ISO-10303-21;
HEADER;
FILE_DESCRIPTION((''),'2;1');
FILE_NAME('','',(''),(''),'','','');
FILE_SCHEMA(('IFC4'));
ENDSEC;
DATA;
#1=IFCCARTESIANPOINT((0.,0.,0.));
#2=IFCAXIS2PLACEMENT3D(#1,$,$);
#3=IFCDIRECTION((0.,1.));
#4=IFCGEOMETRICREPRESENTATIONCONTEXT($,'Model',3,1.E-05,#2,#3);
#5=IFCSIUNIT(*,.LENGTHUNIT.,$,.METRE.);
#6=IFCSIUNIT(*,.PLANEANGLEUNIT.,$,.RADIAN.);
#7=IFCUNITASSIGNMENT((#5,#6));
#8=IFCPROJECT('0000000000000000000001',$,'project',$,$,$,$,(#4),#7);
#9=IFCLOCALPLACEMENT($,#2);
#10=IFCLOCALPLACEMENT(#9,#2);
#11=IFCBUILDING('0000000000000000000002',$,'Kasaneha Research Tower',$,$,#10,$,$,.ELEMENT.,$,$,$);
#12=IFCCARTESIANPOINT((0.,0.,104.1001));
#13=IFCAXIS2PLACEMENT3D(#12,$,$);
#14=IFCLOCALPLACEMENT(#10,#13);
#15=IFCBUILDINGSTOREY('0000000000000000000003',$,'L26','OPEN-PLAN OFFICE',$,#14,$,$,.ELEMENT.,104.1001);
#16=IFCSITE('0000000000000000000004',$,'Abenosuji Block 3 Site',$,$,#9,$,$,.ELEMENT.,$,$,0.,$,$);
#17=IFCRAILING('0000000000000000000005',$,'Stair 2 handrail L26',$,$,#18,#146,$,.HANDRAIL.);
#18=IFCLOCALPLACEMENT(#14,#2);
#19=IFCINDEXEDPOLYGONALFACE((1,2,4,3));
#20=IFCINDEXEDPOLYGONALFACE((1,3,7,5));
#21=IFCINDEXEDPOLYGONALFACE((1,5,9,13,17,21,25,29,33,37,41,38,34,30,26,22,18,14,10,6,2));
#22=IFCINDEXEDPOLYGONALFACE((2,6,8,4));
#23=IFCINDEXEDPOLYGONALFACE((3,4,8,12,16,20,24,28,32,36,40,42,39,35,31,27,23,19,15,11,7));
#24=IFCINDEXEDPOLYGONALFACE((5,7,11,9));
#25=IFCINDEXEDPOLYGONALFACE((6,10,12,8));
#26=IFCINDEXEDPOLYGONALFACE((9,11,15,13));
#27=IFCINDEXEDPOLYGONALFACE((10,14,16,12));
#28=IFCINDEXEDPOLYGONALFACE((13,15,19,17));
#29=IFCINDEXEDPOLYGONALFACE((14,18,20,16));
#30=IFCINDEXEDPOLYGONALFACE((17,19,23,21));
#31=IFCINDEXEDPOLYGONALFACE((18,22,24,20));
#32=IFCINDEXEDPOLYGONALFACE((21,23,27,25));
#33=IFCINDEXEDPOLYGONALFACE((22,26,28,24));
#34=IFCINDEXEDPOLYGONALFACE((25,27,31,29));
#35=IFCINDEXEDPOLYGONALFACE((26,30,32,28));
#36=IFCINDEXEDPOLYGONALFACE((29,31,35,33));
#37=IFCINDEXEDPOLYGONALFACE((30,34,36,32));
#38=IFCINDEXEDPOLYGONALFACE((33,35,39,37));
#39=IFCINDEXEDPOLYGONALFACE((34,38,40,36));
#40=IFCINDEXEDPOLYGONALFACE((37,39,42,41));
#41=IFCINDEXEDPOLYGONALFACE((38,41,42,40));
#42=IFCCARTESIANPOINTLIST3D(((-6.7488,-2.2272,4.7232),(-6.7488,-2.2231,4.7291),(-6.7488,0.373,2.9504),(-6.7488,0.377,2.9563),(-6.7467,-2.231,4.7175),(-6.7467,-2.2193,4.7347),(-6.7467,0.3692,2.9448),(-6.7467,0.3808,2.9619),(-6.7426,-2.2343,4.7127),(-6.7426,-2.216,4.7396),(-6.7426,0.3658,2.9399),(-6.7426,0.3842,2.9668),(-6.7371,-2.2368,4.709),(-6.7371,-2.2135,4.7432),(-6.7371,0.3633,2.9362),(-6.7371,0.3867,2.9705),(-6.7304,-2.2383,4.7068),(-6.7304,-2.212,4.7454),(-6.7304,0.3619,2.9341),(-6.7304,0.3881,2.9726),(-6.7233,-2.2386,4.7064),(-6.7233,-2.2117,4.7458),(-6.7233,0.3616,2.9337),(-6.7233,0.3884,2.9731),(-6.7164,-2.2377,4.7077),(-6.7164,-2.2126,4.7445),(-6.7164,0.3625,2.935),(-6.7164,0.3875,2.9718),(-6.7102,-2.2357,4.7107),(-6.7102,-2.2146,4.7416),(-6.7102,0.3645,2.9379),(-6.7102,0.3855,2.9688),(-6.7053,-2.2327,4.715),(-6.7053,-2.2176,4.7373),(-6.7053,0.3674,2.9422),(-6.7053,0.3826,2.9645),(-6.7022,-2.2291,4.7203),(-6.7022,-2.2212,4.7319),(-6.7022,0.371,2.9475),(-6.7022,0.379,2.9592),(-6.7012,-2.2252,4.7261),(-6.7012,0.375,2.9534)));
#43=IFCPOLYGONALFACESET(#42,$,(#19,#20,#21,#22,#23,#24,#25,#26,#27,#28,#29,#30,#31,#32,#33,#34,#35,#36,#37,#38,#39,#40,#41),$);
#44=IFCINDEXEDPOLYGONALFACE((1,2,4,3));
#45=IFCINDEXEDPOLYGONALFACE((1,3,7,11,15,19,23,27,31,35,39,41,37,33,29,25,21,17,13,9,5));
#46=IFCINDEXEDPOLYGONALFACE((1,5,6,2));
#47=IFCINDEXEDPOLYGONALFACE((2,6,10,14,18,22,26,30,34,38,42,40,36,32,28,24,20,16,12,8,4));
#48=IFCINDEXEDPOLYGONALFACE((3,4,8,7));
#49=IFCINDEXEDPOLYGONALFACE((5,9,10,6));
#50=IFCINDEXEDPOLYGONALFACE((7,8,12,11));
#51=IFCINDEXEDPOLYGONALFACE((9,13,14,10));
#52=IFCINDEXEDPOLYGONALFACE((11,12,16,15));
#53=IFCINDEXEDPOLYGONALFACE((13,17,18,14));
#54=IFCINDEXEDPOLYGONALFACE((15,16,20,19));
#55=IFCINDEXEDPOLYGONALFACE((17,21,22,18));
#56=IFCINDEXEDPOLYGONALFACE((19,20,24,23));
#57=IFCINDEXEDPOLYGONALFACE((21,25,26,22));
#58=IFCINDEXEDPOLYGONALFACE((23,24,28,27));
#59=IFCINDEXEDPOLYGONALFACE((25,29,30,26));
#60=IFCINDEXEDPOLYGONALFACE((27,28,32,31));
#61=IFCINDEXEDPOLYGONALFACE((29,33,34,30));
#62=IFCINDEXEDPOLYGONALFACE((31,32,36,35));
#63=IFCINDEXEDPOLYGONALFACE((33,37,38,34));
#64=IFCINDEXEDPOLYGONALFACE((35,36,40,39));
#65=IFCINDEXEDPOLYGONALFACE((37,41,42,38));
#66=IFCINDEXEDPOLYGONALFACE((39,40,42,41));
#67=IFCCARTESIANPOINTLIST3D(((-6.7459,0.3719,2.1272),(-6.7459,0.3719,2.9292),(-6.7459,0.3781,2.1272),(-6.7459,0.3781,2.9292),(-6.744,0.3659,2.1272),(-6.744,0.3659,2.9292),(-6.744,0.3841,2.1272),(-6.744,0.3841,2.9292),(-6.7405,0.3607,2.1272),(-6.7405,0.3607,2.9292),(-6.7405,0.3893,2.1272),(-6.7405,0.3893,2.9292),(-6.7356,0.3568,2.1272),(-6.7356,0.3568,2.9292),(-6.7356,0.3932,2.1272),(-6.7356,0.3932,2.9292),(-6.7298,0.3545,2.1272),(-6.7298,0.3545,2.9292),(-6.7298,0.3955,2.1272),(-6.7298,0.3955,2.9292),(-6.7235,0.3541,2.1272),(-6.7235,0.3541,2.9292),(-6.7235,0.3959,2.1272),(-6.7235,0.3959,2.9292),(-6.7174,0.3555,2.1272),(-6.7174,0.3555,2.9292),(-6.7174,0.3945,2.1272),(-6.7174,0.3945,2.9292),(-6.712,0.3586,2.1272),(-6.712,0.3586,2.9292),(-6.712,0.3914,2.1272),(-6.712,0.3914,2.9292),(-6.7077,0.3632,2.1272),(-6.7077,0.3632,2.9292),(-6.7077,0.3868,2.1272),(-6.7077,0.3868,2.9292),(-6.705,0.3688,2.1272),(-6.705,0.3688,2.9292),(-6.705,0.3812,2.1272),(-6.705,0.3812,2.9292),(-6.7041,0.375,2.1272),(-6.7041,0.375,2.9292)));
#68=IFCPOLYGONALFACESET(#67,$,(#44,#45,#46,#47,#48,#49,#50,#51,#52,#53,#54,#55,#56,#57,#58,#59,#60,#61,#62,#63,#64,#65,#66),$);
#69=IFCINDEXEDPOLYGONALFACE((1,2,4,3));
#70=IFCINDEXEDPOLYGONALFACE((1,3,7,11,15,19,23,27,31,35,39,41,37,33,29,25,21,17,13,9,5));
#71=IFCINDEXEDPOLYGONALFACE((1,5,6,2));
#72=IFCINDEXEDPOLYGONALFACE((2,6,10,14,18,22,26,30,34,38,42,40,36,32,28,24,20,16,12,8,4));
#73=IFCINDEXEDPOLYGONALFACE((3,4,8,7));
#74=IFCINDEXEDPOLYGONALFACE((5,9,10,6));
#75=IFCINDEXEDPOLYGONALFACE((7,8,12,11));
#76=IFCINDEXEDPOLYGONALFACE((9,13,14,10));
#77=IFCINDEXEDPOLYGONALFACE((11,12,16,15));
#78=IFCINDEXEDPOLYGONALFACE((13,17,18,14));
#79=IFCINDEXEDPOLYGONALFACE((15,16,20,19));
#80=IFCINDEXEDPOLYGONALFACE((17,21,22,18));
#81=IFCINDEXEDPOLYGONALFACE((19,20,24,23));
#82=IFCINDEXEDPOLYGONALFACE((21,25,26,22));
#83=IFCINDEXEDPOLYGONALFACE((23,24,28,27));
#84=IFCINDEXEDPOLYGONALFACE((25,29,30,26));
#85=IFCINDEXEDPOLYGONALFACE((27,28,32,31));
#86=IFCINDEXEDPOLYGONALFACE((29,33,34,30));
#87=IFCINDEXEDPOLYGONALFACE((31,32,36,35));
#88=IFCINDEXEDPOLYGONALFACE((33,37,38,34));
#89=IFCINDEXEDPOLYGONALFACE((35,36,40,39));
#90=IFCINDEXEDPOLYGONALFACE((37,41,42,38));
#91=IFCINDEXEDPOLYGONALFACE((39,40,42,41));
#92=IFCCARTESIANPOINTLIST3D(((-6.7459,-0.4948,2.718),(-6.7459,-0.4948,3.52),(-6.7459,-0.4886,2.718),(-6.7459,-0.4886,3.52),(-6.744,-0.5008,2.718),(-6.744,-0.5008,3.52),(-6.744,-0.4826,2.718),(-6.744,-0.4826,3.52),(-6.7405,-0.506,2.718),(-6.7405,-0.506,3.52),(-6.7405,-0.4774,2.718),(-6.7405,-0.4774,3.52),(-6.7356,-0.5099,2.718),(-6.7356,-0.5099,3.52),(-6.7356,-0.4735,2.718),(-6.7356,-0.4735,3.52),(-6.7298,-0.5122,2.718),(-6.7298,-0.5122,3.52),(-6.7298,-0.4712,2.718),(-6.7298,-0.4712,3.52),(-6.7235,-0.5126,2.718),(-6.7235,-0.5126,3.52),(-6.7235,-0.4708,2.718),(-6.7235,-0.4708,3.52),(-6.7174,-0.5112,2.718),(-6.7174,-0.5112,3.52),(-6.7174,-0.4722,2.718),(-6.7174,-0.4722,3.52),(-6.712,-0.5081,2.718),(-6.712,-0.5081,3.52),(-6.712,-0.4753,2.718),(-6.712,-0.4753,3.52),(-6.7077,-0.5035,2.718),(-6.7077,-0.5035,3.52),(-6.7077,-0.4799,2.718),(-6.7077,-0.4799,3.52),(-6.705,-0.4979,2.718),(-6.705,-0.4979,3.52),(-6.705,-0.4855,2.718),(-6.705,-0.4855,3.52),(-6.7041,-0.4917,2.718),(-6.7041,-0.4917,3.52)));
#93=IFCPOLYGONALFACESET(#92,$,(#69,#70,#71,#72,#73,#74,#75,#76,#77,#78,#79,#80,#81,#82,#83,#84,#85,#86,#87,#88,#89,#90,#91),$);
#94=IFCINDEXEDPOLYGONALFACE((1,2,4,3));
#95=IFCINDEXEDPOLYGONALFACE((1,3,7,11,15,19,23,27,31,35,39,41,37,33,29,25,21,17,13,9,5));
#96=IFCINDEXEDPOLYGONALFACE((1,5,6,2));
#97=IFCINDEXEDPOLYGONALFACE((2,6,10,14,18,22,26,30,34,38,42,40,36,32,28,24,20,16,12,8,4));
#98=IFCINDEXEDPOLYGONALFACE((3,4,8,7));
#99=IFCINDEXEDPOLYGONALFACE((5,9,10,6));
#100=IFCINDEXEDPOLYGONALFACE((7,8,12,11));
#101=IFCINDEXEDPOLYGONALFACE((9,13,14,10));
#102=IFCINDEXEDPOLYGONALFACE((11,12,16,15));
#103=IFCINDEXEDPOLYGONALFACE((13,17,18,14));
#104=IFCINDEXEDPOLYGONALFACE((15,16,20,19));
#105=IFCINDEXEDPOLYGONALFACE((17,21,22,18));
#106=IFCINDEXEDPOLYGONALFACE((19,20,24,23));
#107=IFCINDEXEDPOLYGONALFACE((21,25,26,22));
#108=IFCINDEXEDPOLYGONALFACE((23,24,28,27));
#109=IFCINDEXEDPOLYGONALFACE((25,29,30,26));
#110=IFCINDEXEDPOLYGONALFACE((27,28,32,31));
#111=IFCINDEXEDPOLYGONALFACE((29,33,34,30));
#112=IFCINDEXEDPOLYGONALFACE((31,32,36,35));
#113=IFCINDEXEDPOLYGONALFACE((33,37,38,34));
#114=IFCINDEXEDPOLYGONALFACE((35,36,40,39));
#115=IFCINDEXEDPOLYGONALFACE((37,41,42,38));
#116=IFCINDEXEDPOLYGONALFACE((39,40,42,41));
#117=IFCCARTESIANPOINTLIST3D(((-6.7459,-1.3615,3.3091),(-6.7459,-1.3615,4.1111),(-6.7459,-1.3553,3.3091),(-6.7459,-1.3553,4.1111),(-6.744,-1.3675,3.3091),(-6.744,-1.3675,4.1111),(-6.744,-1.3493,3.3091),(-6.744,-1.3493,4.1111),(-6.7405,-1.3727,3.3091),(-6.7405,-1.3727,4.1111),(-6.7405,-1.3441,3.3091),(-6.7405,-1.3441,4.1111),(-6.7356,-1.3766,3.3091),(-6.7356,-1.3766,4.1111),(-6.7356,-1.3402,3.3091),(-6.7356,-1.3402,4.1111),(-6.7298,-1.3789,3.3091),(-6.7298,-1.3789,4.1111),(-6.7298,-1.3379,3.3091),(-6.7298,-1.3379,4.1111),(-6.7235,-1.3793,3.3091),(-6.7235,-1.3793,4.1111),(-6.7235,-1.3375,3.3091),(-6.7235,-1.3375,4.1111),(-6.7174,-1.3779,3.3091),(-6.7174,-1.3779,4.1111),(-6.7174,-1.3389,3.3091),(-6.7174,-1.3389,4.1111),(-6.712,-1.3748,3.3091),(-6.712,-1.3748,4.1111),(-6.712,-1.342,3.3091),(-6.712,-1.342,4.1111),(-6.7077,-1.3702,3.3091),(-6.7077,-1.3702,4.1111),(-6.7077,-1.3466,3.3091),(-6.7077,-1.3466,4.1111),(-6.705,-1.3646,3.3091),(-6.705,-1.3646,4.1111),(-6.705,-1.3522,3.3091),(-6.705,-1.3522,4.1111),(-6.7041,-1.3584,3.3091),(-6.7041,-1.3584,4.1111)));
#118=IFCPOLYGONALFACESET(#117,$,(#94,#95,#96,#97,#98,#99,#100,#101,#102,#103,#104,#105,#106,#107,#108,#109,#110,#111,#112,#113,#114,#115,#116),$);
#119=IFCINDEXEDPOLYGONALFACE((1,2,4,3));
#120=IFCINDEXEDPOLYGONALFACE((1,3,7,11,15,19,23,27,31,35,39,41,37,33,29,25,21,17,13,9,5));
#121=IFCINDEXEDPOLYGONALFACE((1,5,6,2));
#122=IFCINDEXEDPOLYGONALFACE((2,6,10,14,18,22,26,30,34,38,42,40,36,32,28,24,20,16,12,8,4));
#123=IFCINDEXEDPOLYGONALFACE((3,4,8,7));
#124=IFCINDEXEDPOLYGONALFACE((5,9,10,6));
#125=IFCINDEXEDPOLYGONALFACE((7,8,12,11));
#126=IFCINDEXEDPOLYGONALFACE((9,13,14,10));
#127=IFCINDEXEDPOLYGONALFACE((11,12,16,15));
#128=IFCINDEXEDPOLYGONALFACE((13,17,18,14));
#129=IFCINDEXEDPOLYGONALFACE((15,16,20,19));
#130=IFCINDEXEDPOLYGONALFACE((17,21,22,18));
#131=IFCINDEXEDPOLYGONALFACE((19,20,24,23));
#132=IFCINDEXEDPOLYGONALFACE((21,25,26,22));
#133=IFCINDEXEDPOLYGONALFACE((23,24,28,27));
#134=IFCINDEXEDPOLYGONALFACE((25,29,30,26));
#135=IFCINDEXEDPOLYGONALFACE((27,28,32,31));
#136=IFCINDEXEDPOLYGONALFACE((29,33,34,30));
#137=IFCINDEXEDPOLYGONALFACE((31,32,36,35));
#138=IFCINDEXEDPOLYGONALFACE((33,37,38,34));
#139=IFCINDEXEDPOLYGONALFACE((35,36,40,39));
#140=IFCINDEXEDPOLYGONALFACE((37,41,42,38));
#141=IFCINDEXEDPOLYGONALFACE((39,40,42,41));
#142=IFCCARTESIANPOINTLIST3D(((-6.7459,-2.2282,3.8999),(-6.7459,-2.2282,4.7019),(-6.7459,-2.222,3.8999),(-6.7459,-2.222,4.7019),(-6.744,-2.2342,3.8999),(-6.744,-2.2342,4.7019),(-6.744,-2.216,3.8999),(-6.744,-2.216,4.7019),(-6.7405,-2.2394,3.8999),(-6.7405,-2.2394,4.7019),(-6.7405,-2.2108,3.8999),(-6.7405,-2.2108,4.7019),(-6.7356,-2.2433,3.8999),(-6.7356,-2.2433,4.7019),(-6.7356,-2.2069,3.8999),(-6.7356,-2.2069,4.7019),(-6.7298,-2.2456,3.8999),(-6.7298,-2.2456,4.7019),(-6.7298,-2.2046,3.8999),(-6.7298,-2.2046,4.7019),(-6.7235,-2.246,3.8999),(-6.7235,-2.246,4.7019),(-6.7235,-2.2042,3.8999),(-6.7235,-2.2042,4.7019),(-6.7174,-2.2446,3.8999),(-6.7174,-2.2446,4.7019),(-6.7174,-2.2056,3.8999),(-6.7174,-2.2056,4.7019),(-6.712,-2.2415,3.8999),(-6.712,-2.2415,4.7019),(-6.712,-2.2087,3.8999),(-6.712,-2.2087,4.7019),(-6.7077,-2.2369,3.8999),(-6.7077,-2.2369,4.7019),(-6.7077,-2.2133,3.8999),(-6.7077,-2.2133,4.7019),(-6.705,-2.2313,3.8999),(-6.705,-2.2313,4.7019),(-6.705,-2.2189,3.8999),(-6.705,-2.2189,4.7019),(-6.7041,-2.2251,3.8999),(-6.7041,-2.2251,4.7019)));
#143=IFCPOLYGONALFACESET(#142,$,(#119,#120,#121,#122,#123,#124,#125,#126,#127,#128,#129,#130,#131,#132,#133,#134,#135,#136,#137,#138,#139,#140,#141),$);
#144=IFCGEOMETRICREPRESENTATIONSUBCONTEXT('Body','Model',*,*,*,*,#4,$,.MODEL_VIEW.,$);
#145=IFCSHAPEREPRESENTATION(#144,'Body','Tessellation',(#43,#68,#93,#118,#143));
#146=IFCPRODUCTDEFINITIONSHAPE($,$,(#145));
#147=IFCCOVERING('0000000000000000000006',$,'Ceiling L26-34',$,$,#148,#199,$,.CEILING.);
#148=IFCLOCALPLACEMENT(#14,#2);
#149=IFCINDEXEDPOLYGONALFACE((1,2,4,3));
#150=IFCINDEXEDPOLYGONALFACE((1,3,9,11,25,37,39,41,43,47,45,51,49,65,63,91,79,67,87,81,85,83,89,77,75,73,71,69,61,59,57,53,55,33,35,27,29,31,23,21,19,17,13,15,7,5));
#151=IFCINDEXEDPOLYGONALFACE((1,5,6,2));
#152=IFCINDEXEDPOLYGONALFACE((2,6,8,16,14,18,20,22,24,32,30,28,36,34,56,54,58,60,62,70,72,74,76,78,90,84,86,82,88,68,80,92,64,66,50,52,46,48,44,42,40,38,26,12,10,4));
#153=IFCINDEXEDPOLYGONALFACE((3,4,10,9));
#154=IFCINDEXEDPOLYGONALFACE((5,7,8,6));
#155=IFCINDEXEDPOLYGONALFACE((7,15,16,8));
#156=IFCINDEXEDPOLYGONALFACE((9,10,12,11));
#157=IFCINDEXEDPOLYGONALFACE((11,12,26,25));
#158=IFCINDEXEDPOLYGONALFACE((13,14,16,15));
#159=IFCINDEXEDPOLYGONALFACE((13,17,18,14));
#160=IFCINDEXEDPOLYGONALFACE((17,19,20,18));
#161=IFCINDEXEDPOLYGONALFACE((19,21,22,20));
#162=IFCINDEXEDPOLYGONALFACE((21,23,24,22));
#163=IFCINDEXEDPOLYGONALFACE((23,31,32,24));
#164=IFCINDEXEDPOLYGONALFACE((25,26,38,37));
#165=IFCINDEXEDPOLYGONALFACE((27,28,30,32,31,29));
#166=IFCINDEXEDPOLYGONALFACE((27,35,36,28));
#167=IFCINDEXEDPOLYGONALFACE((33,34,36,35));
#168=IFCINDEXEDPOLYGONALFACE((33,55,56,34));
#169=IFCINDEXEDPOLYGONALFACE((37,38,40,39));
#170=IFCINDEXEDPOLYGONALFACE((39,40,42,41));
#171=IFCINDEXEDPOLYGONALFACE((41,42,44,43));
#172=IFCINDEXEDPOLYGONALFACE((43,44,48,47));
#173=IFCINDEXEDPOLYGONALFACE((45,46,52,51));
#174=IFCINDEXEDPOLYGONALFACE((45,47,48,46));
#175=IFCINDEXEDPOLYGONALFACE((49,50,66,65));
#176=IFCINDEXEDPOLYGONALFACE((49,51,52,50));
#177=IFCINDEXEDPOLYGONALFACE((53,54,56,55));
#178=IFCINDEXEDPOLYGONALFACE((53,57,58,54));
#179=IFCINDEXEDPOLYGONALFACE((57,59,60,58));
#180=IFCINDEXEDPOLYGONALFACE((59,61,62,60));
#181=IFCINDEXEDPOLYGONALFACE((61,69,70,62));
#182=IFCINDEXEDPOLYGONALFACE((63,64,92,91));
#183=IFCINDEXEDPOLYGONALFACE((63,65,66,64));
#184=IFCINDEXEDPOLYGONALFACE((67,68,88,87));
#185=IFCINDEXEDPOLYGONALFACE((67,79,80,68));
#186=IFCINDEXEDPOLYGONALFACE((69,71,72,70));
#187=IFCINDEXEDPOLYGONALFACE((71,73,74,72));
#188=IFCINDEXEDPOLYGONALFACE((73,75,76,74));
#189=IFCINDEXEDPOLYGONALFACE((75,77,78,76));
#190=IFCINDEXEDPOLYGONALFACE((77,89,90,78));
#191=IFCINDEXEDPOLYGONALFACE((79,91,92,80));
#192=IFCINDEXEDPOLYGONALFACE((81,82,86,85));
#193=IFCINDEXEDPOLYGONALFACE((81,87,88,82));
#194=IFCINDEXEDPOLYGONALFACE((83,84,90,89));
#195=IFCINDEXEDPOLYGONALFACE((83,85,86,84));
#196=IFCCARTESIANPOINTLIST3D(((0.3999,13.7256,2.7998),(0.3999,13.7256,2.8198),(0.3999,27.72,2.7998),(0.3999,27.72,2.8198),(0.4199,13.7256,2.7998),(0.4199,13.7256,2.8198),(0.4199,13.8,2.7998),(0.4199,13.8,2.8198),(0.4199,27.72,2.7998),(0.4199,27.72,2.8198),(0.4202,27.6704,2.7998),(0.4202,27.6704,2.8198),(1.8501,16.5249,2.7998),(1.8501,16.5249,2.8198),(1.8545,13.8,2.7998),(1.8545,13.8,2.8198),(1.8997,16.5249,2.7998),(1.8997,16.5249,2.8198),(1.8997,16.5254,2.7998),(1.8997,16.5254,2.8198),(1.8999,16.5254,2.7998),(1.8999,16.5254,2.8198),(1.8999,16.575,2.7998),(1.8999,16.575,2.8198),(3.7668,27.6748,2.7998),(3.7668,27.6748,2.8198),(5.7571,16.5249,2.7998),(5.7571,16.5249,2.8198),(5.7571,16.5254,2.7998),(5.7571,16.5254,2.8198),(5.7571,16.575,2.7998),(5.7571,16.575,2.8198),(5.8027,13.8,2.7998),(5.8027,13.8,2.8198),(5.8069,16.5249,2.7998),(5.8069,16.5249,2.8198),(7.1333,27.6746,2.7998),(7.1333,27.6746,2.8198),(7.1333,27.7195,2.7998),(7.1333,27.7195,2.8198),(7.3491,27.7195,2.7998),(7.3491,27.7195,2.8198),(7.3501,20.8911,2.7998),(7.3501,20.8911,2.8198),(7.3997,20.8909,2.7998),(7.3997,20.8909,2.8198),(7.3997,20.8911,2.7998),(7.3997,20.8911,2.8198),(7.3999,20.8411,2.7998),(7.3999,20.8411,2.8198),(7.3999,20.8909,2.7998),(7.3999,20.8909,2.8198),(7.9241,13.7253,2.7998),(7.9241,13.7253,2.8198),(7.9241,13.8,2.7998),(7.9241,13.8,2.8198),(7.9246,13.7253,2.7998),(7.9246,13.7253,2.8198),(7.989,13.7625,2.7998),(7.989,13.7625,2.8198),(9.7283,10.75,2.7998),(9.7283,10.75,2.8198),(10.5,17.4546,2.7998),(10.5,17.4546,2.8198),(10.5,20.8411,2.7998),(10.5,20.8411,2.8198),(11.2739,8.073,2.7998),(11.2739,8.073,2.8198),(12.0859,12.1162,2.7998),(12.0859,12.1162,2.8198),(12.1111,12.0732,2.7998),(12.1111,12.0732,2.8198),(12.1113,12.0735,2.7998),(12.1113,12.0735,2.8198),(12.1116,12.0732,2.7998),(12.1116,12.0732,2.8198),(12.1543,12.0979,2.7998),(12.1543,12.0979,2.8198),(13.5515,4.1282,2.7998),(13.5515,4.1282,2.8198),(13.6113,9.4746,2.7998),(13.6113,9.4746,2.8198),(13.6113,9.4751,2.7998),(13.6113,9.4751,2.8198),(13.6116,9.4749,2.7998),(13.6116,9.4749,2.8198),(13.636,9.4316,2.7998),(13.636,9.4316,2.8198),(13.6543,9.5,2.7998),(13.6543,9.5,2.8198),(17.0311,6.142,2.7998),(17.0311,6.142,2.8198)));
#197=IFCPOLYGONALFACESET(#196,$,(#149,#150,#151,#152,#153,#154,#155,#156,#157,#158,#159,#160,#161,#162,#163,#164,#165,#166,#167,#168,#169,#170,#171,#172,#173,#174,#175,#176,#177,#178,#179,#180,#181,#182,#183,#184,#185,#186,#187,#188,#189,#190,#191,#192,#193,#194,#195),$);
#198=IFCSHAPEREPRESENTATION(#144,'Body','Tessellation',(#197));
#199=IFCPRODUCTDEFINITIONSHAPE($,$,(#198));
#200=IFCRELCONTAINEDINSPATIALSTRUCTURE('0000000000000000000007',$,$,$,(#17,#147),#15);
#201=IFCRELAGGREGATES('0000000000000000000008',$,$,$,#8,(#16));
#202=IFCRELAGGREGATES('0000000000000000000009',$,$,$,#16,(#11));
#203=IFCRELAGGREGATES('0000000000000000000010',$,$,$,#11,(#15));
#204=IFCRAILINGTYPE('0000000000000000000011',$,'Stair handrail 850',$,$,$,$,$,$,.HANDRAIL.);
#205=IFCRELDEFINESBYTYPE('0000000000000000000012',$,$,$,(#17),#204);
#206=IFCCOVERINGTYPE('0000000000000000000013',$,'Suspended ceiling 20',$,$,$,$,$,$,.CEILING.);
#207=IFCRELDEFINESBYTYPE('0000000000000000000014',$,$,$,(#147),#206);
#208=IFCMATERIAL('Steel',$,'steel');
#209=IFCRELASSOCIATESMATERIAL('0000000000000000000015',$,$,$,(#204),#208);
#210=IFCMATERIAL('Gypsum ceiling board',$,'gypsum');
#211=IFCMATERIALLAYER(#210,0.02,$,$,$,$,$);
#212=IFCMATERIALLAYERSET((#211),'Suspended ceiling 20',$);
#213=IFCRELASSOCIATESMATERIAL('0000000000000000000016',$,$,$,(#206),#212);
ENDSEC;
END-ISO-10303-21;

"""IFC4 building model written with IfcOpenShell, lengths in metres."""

from ifc_helpers import new_model, si_unit, direction, frame, origin, origin_2d, place, context, subcontext, project, spatial, polyline, circle, outline, extrude, material, layer, layer_set, type_object, element, save


model = new_model("IFC4")

# Units and contexts
model_context = context("Model", 3, precision=1e-05, world=origin(), true_north=direction((0.0, 1.0)))
body_context = subcontext(model_context, "Body", "Model", "MODEL_VIEW")
ifc_project = project(units=[si_unit("LENGTHUNIT", "METRE"), si_unit("PLANEANGLEUNIT", "RADIAN")], contexts=[model_context])

# Site, building, storey
site_placement = place(None, origin())
site = spatial("IfcSite", under=ifc_project, at=site_placement, Name="Abenosuji Block 3 Site", CompositionType="ELEMENT", RefElevation=0.0)
building_placement = place(site_placement, origin())
building = spatial("IfcBuilding", under=site, at=building_placement, Name="Kasaneha Research Tower", CompositionType="ELEMENT")
storey_placement = place(building_placement, frame((0.0, 0.0, 104.1001)))
storey = spatial("IfcBuildingStorey", under=building, at=storey_placement, Name="L26", Description="OPEN-PLAN OFFICE", CompositionType="ELEMENT", Elevation=104.1001)

# Railing
ifc_material_1 = material(Name="Steel", Category="steel")
railing_type = type_object("IfcRailingType", Name="Stair handrail 850", PredefinedType="HANDRAIL", material=ifc_material_1)
railing_placement = place(storey_placement, frame((-6.7251, 0.375, 2.1272)))
element("IfcRailing", 1, at=railing_placement, inside=storey, type_object=railing_type, Name="Stair 2 handrail L26", PredefinedType="HANDRAIL", context=body_context, shape_type="SweptSolid", body=[
    extrude(circle(Radius=0.0239, at=origin_2d()), frame((0.0, 0.0, 0.8262), z_axis=(0.0, -0.82624, 0.563318), x_axis=(1.0, 0.0, 0.0)), (0.0, 0.0, 1.0), 3.147),
    extrude(circle(Radius=0.021, at=origin_2d()), origin(), (0.0, 0.0, 1.0), 0.802),
    extrude(circle(Radius=0.021, at=origin_2d()), frame((0.0, -0.8667, 0.5908)), (0.0, 0.0, 1.0), 0.802),
    extrude(circle(Radius=0.021, at=origin_2d()), frame((0.0, -1.7334, 1.1819)), (0.0, 0.0, 1.0), 0.802),
    extrude(circle(Radius=0.021, at=origin_2d()), frame((0.0, -2.6001, 1.7727)), (0.0, 0.0, 1.0), 0.802),
])

# Covering
ifc_material_2 = material(Name="Gypsum ceiling board", Category="gypsum")
ifc_layer_1 = layer(ifc_material_2, 0.02)
ifc_layer_set_1 = layer_set([ifc_layer_1], Name="Suspended ceiling 20")
covering_type = type_object("IfcCoveringType", Name="Suspended ceiling 20", PredefinedType="CEILING", material=ifc_layer_set_1)
covering_1_placement = place(storey_placement, frame((0.0, 0.0, 2.7998)))
element("IfcCovering", 2, at=covering_1_placement, inside=storey, type_object=covering_type, Name="Ceiling L26-34", PredefinedType="CEILING", context=body_context, shape_type="SweptSolid", body=[
    extrude(outline(polyline([(13.6116, 9.4749), (13.6113, 9.4751), (13.6543, 9.5), (12.1543, 12.0979), (12.1116, 12.0732), (12.1113, 12.0735), (12.1111, 12.0732), (12.0859, 12.1162), (9.7283, 10.75), (7.989, 13.7625), (7.9246, 13.7253), (7.9246, 13.7253), (7.9241, 13.7253), (7.9241, 13.8), (5.8027, 13.8), (5.8069, 16.5249), (5.7571, 16.5249), (5.7571, 16.5254), (5.7571, 16.5254), (5.7571, 16.575), (1.8999, 16.575), (1.8999, 16.5254), (1.8997, 16.5254), (1.8997, 16.5249), (1.8501, 16.5249), (1.8545, 13.8), (0.4199, 13.8), (0.4199, 13.7256), (0.3999, 13.7256), (0.3999, 27.72), (0.4199, 27.72), (0.4202, 27.6704), (3.7668, 27.6748), (7.1333, 27.6746), (7.1333, 27.7195), (7.3989, 27.7195), (7.3989, 27.7195), (7.3491, 27.7195), (7.3501, 20.8911), (7.3997, 20.8911), (7.3997, 20.8909), (7.3999, 20.8909), (7.3999, 20.8411), (10.5, 20.8411), (10.5, 17.4546), (17.0559, 6.0991), (17.0559, 6.0991), (17.0312, 6.1421), (13.5515, 4.1282), (11.2739, 8.073), (13.636, 9.4316), (13.6113, 9.4746), (13.6116, 9.4749)])), origin(), (0.0, 0.0, 1.0), 0.02),
])

save(model, "model.ifc")
